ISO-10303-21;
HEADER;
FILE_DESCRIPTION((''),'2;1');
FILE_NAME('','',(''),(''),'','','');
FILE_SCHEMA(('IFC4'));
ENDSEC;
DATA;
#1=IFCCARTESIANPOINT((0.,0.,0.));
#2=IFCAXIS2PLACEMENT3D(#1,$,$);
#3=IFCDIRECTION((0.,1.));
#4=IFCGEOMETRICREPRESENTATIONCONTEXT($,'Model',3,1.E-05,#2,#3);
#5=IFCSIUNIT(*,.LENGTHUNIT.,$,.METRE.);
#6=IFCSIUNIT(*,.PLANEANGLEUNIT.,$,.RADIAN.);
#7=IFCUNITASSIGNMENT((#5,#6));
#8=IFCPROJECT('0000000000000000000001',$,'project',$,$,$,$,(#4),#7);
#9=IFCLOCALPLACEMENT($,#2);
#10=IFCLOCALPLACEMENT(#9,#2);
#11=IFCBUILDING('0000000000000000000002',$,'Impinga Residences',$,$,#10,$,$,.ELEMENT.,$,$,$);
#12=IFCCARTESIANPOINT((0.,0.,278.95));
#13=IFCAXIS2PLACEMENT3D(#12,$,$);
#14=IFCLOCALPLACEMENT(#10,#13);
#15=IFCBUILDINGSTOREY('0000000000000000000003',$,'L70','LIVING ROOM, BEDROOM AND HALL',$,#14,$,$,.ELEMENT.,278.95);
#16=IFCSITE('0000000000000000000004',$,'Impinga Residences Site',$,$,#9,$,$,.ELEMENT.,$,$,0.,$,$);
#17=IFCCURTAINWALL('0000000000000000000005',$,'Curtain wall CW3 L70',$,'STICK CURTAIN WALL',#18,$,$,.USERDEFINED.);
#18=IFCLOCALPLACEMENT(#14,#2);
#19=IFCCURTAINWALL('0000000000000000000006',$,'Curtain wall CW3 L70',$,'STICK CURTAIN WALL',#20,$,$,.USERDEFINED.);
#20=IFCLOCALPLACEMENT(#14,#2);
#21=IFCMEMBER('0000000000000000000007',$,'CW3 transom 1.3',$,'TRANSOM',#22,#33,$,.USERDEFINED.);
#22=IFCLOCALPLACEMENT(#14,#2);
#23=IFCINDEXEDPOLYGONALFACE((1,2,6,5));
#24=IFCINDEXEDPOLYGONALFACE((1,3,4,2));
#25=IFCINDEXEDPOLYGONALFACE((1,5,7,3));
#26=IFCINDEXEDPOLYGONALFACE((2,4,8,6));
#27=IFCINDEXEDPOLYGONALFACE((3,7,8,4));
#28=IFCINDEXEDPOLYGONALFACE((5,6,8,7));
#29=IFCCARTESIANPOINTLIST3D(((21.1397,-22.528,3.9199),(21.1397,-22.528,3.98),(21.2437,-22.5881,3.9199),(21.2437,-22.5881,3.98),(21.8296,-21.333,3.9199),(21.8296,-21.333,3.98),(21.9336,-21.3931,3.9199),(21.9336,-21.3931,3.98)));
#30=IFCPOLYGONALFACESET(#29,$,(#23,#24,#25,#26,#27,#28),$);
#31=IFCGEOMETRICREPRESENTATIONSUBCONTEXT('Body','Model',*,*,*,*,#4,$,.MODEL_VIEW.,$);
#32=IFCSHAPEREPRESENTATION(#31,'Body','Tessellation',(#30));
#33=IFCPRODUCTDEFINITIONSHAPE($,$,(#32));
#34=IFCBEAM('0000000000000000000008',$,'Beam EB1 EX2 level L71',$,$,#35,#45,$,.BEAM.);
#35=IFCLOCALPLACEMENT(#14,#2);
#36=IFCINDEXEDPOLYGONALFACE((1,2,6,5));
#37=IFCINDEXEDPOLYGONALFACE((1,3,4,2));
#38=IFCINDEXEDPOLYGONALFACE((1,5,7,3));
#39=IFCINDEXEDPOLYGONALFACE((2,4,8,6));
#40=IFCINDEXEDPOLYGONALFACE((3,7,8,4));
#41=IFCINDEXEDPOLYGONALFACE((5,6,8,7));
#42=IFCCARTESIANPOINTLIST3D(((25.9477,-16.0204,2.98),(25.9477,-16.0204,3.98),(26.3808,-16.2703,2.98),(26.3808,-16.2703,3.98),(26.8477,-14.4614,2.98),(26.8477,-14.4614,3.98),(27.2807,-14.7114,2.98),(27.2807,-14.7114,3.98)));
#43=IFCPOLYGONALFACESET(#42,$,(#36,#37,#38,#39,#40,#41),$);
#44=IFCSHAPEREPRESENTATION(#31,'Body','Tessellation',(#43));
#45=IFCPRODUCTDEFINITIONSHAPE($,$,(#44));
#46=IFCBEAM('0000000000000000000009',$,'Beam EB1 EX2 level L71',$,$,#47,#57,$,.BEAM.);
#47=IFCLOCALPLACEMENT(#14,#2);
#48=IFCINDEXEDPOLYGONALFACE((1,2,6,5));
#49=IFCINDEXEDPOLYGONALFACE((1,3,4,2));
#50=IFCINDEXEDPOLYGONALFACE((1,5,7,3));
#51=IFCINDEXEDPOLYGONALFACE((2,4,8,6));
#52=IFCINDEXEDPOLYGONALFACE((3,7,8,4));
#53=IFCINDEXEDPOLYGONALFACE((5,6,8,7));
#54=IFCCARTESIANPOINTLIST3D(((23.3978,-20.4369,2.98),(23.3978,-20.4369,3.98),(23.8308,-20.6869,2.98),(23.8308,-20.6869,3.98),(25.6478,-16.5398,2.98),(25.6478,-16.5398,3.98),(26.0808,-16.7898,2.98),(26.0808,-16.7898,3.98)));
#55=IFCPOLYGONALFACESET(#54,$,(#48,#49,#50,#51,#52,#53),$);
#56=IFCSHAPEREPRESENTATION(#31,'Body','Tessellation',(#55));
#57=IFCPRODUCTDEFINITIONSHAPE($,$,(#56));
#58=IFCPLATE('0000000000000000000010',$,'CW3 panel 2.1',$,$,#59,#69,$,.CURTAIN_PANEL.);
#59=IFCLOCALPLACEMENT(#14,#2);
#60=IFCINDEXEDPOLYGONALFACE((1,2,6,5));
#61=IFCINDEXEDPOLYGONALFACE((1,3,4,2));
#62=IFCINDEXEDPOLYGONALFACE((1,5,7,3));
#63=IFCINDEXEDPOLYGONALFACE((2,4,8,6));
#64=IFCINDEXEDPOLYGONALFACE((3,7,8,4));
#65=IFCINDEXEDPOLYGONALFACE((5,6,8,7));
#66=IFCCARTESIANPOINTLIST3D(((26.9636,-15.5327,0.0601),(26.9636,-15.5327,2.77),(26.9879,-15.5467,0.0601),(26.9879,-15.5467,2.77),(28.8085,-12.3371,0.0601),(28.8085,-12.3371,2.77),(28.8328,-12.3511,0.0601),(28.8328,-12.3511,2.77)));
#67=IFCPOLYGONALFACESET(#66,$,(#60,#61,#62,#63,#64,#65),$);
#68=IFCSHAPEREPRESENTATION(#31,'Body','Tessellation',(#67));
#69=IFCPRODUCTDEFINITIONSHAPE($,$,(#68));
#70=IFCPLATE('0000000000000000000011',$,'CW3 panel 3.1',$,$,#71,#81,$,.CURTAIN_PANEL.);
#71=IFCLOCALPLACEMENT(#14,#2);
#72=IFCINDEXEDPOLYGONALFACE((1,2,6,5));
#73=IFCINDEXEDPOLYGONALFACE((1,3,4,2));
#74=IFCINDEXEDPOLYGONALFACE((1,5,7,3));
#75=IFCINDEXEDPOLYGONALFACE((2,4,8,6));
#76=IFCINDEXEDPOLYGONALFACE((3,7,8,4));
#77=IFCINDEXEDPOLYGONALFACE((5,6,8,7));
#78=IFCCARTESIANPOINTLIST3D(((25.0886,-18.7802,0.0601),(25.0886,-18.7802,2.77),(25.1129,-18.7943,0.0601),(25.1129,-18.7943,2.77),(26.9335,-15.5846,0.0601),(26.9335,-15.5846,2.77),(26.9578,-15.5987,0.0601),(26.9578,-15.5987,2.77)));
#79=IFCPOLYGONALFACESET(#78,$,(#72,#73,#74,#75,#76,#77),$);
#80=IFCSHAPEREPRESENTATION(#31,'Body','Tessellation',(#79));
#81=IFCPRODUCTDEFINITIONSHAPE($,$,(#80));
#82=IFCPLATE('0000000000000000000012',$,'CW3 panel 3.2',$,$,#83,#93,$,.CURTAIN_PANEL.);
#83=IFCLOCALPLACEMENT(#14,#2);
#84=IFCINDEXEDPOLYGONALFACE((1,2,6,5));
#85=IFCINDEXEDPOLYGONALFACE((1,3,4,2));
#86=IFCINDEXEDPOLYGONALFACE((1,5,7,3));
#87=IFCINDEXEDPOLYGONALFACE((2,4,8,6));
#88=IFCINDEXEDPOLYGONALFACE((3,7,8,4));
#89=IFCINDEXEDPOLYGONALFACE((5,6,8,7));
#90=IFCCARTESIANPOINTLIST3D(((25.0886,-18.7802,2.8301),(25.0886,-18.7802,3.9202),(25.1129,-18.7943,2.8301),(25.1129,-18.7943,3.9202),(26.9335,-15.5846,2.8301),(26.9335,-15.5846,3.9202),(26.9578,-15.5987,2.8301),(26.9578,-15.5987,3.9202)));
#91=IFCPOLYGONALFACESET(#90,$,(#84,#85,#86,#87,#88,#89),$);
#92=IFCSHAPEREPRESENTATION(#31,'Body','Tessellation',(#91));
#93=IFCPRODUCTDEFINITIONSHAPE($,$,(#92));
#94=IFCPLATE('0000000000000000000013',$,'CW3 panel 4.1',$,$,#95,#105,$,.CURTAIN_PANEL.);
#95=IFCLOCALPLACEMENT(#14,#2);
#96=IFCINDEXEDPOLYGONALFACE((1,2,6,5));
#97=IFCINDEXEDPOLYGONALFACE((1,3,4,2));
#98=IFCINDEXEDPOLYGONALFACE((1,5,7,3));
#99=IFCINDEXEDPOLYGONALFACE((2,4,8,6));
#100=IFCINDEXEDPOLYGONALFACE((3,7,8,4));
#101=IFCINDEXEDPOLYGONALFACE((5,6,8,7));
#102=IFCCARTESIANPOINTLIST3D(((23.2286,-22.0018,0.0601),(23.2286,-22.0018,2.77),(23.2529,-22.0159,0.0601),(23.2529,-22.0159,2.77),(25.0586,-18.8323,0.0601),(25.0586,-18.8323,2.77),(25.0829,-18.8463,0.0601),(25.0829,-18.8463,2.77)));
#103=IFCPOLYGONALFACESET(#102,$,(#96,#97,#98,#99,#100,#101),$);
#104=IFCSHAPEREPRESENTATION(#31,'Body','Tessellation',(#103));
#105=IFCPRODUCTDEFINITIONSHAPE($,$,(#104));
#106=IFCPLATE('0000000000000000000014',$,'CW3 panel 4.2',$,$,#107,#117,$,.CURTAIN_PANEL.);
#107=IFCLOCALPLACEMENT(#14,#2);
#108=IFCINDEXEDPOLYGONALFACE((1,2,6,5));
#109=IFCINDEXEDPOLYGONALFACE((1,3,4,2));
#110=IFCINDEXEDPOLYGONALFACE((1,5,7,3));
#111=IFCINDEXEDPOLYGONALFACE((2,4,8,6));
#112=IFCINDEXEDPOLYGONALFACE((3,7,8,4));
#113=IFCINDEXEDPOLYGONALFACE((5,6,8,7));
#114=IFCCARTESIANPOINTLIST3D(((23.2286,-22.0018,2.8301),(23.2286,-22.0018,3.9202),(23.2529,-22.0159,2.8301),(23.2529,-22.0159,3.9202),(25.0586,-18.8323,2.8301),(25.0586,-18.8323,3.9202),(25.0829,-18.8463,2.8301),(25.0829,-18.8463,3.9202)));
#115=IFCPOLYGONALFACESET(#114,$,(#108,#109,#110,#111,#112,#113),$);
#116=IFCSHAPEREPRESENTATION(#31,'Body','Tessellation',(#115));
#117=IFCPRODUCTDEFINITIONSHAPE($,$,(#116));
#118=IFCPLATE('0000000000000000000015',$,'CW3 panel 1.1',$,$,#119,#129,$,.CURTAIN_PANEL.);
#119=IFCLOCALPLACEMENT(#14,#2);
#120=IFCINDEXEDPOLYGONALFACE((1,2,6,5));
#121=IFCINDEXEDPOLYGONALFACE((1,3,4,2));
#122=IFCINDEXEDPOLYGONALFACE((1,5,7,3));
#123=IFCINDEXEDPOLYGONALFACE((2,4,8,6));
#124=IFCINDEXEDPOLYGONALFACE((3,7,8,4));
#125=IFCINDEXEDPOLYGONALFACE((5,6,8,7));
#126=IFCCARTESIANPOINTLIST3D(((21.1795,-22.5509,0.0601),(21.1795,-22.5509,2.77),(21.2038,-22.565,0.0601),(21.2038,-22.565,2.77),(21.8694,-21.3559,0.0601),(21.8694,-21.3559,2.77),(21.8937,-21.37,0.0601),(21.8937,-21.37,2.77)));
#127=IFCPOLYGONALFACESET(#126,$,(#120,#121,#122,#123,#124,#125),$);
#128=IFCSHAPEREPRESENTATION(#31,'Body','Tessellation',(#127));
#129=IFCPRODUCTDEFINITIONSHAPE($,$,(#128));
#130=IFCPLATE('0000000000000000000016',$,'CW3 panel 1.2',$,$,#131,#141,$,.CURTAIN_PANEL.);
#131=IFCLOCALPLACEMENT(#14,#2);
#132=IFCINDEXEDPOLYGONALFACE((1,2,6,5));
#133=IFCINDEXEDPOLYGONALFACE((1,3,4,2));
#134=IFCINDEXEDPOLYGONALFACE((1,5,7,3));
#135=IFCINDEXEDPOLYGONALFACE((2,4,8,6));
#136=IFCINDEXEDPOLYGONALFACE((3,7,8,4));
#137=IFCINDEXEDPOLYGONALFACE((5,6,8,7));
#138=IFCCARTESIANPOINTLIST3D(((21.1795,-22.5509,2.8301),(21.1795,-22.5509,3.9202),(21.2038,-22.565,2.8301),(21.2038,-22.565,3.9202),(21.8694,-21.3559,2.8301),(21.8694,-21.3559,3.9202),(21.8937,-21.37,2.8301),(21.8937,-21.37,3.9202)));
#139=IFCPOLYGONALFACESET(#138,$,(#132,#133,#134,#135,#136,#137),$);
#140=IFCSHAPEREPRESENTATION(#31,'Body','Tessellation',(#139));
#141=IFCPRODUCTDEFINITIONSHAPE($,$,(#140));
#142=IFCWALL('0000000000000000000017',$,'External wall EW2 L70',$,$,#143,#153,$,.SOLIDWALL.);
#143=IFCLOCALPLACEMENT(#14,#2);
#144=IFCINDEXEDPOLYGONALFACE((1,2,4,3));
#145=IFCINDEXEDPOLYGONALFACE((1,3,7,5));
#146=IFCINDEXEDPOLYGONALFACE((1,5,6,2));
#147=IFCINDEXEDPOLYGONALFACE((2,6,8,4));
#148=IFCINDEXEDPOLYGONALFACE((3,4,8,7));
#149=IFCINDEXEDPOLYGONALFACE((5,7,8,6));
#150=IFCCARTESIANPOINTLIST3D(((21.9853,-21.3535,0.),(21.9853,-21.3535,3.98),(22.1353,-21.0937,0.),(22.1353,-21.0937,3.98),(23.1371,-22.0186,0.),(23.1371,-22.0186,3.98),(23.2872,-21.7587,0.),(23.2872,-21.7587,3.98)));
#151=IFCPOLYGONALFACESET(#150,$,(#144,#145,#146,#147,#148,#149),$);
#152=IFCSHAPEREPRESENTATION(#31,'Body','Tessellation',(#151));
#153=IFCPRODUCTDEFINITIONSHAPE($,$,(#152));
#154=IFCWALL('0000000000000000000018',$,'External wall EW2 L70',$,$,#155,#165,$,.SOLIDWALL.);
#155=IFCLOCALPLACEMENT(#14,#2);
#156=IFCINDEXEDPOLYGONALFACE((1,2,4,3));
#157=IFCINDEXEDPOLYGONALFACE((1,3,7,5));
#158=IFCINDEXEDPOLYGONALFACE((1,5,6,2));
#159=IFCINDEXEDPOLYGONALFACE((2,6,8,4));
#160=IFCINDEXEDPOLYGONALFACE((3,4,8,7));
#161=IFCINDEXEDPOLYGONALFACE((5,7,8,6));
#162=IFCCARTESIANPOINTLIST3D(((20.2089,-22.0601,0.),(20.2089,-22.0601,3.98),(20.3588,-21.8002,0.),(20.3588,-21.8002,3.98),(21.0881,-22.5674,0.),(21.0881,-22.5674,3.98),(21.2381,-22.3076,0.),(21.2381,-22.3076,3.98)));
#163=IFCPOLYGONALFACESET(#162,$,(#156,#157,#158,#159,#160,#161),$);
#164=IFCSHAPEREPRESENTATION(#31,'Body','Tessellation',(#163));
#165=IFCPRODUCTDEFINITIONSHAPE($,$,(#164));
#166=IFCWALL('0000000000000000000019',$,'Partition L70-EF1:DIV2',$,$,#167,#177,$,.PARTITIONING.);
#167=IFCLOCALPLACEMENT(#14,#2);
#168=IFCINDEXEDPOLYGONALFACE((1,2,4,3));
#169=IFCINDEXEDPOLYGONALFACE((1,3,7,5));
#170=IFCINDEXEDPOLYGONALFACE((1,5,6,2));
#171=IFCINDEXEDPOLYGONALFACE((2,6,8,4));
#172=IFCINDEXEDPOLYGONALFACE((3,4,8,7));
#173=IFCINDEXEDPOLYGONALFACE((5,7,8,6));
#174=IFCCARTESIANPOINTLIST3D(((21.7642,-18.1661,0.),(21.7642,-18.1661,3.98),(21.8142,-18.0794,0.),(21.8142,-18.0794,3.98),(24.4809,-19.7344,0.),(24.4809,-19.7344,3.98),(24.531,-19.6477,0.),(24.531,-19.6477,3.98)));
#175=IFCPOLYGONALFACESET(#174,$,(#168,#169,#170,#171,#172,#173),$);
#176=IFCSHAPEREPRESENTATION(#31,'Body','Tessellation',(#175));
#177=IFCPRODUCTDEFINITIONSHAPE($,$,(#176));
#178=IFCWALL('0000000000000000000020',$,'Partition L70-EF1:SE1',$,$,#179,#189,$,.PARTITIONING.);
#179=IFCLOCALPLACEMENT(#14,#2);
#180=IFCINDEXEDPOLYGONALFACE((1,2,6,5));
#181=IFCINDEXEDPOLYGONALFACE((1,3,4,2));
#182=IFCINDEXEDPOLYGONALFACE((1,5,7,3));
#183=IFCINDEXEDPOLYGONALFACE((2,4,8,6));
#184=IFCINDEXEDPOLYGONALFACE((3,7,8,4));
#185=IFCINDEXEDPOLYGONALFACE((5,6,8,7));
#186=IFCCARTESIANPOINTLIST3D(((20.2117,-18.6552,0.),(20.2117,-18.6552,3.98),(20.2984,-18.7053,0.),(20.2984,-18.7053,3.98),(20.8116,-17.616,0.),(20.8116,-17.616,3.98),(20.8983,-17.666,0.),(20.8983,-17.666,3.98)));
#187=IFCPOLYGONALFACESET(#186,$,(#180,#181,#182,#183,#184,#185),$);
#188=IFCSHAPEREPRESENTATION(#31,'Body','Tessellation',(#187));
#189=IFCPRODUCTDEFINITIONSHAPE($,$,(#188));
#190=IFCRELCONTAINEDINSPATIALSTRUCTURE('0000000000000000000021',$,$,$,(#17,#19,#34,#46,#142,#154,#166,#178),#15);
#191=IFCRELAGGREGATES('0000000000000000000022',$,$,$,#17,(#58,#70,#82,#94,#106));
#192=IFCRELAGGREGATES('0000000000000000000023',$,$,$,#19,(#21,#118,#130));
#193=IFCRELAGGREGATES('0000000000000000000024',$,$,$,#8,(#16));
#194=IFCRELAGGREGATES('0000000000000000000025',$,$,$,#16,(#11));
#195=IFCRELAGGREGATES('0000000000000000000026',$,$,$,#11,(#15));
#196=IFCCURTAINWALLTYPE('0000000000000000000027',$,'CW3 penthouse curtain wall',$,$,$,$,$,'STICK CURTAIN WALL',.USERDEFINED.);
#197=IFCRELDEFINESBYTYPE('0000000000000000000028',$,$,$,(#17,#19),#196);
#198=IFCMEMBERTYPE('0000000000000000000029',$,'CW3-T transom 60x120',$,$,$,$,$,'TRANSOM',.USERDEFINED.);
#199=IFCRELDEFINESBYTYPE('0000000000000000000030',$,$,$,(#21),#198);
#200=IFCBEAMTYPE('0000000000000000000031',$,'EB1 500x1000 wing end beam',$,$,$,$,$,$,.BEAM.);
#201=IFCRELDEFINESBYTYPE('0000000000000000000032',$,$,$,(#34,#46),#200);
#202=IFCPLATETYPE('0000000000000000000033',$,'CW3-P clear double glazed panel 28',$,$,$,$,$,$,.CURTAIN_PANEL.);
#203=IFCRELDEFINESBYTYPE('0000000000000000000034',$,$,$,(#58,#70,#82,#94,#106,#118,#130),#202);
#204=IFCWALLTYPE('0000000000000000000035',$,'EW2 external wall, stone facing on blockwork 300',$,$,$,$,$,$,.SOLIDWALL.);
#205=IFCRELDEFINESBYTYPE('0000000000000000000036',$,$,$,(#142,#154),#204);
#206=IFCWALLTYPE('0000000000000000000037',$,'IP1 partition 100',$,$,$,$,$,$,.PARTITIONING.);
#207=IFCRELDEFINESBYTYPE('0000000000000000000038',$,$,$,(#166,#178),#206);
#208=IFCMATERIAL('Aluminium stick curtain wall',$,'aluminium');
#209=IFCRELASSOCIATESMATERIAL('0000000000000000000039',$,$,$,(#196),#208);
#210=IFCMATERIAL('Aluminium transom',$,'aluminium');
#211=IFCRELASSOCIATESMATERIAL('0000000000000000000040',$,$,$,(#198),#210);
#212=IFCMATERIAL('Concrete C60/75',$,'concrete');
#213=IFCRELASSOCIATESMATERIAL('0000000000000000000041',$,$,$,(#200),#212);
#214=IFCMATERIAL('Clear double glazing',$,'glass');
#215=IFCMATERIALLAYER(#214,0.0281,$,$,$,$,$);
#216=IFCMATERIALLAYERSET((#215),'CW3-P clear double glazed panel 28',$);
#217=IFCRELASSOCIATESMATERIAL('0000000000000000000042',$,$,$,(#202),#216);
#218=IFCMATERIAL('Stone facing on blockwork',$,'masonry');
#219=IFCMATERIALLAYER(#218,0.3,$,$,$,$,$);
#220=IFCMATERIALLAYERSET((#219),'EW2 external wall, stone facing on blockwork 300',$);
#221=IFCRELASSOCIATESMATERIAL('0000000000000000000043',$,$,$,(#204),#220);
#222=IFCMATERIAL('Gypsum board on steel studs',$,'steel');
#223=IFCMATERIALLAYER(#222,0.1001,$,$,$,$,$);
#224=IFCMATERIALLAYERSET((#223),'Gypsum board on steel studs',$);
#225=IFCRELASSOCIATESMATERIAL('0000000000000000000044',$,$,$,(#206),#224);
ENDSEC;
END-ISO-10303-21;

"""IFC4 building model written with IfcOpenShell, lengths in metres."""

from ifc_helpers import new_model, si_unit, direction, frame, frame_2d, origin, origin_2d, place, context, subcontext, project, spatial, rectangle, extrude, material, layer, layer_set, material_profile, profile_set, type_object, element, aggregate, save


model = new_model("IFC4")

# Units and contexts
model_context = context("Model", 3, precision=1e-05, world=origin(), true_north=direction((0.0, 1.0)))
body_context = subcontext(model_context, "Body", "Model", "MODEL_VIEW")
ifc_project = project(units=[si_unit("LENGTHUNIT", "METRE"), si_unit("PLANEANGLEUNIT", "RADIAN")], contexts=[model_context])

# Site, building, storey
site_placement = place(None, origin())
site = spatial("IfcSite", under=ifc_project, at=site_placement, Name="Impinga Residences Site", CompositionType="ELEMENT", RefElevation=0.0)
building_placement = place(site_placement, origin())
building = spatial("IfcBuilding", under=site, at=building_placement, Name="Impinga Residences", CompositionType="ELEMENT")
storey_placement = place(building_placement, frame((0.0, 0.0, 278.95)))
storey = spatial("IfcBuildingStorey", under=building, at=storey_placement, Name="L70", Description="LIVING ROOM, BEDROOM AND HALL", CompositionType="ELEMENT", Elevation=278.95)

# Shared definitions
ifc_material_1 = material(Name="Concrete C60/75", Category="concrete")

# Curtain walls
ifc_material_2 = material(Name="Aluminium stick curtain wall", Category="aluminium")
curtain_wall_type = type_object("IfcCurtainWallType", Name="CW3 penthouse curtain wall", ElementType="STICK CURTAIN WALL", PredefinedType="USERDEFINED", material=ifc_material_2)
curtain_wall_1_placement = place(storey_placement, origin())
curtain_wall_1 = element("IfcCurtainWall", 1, at=curtain_wall_1_placement, inside=storey, type_object=curtain_wall_type, Name="Curtain wall CW3 L70", ObjectType="STICK CURTAIN WALL", PredefinedType="USERDEFINED")
curtain_wall_2_placement = place(storey_placement, origin())
curtain_wall_2 = element("IfcCurtainWall", 2, at=curtain_wall_2_placement, inside=storey, type_object=curtain_wall_type, Name="Curtain wall CW3 L70", ObjectType="STICK CURTAIN WALL", PredefinedType="USERDEFINED")

# Member
ifc_material_3 = material(Name="Aluminium transom", Category="aluminium")
ifc_material_profile_1 = material_profile(ifc_material_3, rectangle(XDim=0.0601, YDim=0.1201, at=origin_2d()), Name="60x120 transom")
ifc_profile_set_1 = profile_set([ifc_material_profile_1], Name="Aluminium transom")
member_type_1 = type_object("IfcMemberType", Name="CW3-T transom 60x120", ElementType="TRANSOM", PredefinedType="USERDEFINED", material=ifc_profile_set_1)
member_1_placement = place(storey_placement, frame((21.8816, -21.363, 3.95), z_axis=(-0.499983, -0.866035, 0.0), x_axis=(0.0, 0.0, 1.0)))
member_1 = element("IfcMember", 3, at=member_1_placement, type_object=member_type_1, Name="CW3 transom 1.3", ObjectType="TRANSOM", PredefinedType="USERDEFINED", context=body_context, shape_type="SweptSolid", body=[
    extrude(rectangle(XDim=0.0601, YDim=0.1201, at=origin_2d()), origin(), (0.0, 0.0, 1.0), 1.3799),
])

# Beams
ifc_material_profile_2 = material_profile(ifc_material_1, rectangle(XDim=0.5, YDim=1.0, at=origin_2d()), Name="RC 500x1000")
ifc_profile_set_2 = profile_set([ifc_material_profile_2], Name="Concrete C60/75")
beam_type_1 = type_object("IfcBeamType", Name="EB1 500x1000 wing end beam", PredefinedType="BEAM", material=ifc_profile_set_2)
beam_1_placement = place(storey_placement, frame((27.0642, -14.5864, 3.48), z_axis=(-0.499961, -0.866048, 0.0), x_axis=(0.866048, -0.499961, 0.0)))
element("IfcBeam", 4, at=beam_1_placement, inside=storey, type_object=beam_type_1, Name="Beam EB1 EX2 level L71", PredefinedType="BEAM", context=body_context, shape_type="SweptSolid", body=[
    extrude(rectangle(XDim=0.5, YDim=1.0, at=origin_2d()), origin(), (0.0, 0.0, 1.0), 1.8),
])
beam_2_placement = place(storey_placement, frame((25.8643, -16.6648, 3.48), z_axis=(-0.49999, -0.866031, 0.0), x_axis=(0.866031, -0.49999, 0.0)))
element("IfcBeam", 5, at=beam_2_placement, inside=storey, type_object=beam_type_1, Name="Beam EB1 EX2 level L71", PredefinedType="BEAM", context=body_context, shape_type="SweptSolid", body=[
    extrude(rectangle(XDim=0.5, YDim=1.0, at=origin_2d()), origin(), (0.0, 0.0, 1.0), 4.5),
])

# Plates
ifc_material_4 = material(Name="Clear double glazing", Category="glass")
ifc_layer_1 = layer(ifc_material_4, 0.0281)
ifc_layer_set_1 = layer_set([ifc_layer_1], Name="CW3-P clear double glazed panel 28")
plate_type = type_object("IfcPlateType", Name="CW3-P clear double glazed panel 28", PredefinedType="CURTAIN_PANEL", material=ifc_layer_set_1)
plate_1_placement = place(storey_placement, frame((27.8982, -13.9419, 0.0601), z_axis=(0.0, 0.0, 1.0), x_axis=(-0.5, -0.866025, 0.0)))
plate_1 = element("IfcPlate", 6, at=plate_1_placement, type_object=plate_type, Name="CW3 panel 2.1", PredefinedType="CURTAIN_PANEL", context=body_context, shape_type="SweptSolid", body=[
    extrude(rectangle(XDim=3.6899, YDim=0.0281, at=origin_2d()), origin(), (0.0, 0.0, 1.0), 2.71),
])
plate_2_placement = place(storey_placement, frame((26.0232, -17.1895, 0.0601), z_axis=(0.0, 0.0, 1.0), x_axis=(-0.5, -0.866025, 0.0)))
plate_2 = element("IfcPlate", 7, at=plate_2_placement, type_object=plate_type, Name="CW3 panel 3.1", PredefinedType="CURTAIN_PANEL", context=body_context, shape_type="SweptSolid", body=[
    extrude(rectangle(XDim=3.6899, YDim=0.0281, at=origin_2d()), origin(), (0.0, 0.0, 1.0), 2.71),
])
plate_3_placement = place(storey_placement, frame((26.0232, -17.1895, 2.8301), z_axis=(0.0, 0.0, 1.0), x_axis=(-0.5, -0.866025, 0.0)))
plate_3 = element("IfcPlate", 8, at=plate_3_placement, type_object=plate_type, Name="CW3 panel 3.2", PredefinedType="CURTAIN_PANEL", context=body_context, shape_type="SweptSolid", body=[
    extrude(rectangle(XDim=3.6899, YDim=0.0281, at=origin_2d()), origin(), (0.0, 0.0, 1.0), 1.0901),
])
plate_4_placement = place(storey_placement, frame((24.1558, -20.4241, 0.0601), z_axis=(0.0, 0.0, 1.0), x_axis=(-0.5, -0.866025, 0.0)))
plate_4 = element("IfcPlate", 9, at=plate_4_placement, type_object=plate_type, Name="CW3 panel 4.1", PredefinedType="CURTAIN_PANEL", context=body_context, shape_type="SweptSolid", body=[
    extrude(rectangle(XDim=3.6599, YDim=0.0281, at=origin_2d()), origin(), (0.0, 0.0, 1.0), 2.71),
])
plate_5_placement = place(storey_placement, frame((24.1558, -20.4241, 2.8301), z_axis=(0.0, 0.0, 1.0), x_axis=(-0.5, -0.866025, 0.0)))
plate_5 = element("IfcPlate", 10, at=plate_5_placement, type_object=plate_type, Name="CW3 panel 4.2", PredefinedType="CURTAIN_PANEL", context=body_context, shape_type="SweptSolid", body=[
    extrude(rectangle(XDim=3.6599, YDim=0.0281, at=origin_2d()), origin(), (0.0, 0.0, 1.0), 1.0901),
])
aggregate(curtain_wall_1, [plate_1, plate_2, plate_3, plate_4, plate_5])
plate_6_placement = place(storey_placement, frame((21.5366, -21.9604, 0.0601), z_axis=(0.0, 0.0, 1.0), x_axis=(-0.5, -0.866025, 0.0)))
plate_6 = element("IfcPlate", 11, at=plate_6_placement, type_object=plate_type, Name="CW3 panel 1.1", PredefinedType="CURTAIN_PANEL", context=body_context, shape_type="SweptSolid", body=[
    extrude(rectangle(XDim=1.3799, YDim=0.0281, at=origin_2d()), origin(), (0.0, 0.0, 1.0), 2.71),
])
plate_7_placement = place(storey_placement, frame((21.5366, -21.9604, 2.8301), z_axis=(0.0, 0.0, 1.0), x_axis=(-0.5, -0.866025, 0.0)))
plate_7 = element("IfcPlate", 12, at=plate_7_placement, type_object=plate_type, Name="CW3 panel 1.2", PredefinedType="CURTAIN_PANEL", context=body_context, shape_type="SweptSolid", body=[
    extrude(rectangle(XDim=1.3799, YDim=0.0281, at=origin_2d()), origin(), (0.0, 0.0, 1.0), 1.0901),
])
aggregate(curtain_wall_2, [member_1, plate_6, plate_7])

# Walls
ifc_material_5 = material(Name="Stone facing on blockwork", Category="masonry")
ifc_layer_2 = layer(ifc_material_5, 0.3)
ifc_layer_set_2 = layer_set([ifc_layer_2], Name="EW2 external wall, stone facing on blockwork 300")
wall_type_1 = type_object("IfcWallType", Name="EW2 external wall, stone facing on blockwork 300", PredefinedType="SOLIDWALL", material=ifc_layer_set_2)
wall_1_placement = place(storey_placement, frame((23.2122, -21.8887, 0.0), z_axis=(0.0, 0.0, 1.0), x_axis=(-0.866021, 0.500008, 0.0)))
element("IfcWall", 13, at=wall_1_placement, inside=storey, type_object=wall_type_1, Name="External wall EW2 L70", PredefinedType="SOLIDWALL", context=body_context, shape_type="SweptSolid", body=[
    extrude(rectangle(XDim=1.3301, YDim=0.3, at=frame_2d((0.665, 0.0))), origin(), (0.0, 0.0, 1.0), 3.98),
])
wall_2_placement = place(storey_placement, frame((21.1631, -22.4375, 0.0), z_axis=(0.0, 0.0, 1.0), x_axis=(-0.866134, 0.499813, 0.0)))
element("IfcWall", 14, at=wall_2_placement, inside=storey, type_object=wall_type_1, Name="External wall EW2 L70", PredefinedType="SOLIDWALL", context=body_context, shape_type="SweptSolid", body=[
    extrude(rectangle(XDim=1.0151, YDim=0.3, at=frame_2d((0.5076, 0.0))), origin(), (0.0, 0.0, 1.0), 3.98),
])
ifc_material_6 = material(Name="Gypsum board on steel studs", Category="steel")
ifc_layer_3 = layer(ifc_material_6, 0.1001)
ifc_layer_set_3 = layer_set([ifc_layer_3], Name="Gypsum board on steel studs")
wall_type_2 = type_object("IfcWallType", Name="IP1 partition 100", PredefinedType="PARTITIONING", material=ifc_layer_set_3)
wall_3_placement = place(storey_placement, frame((21.7893, -18.1228, 0.0), z_axis=(0.0, 0.0, 1.0), x_axis=(0.866051, -0.499956, 0.0)))
element("IfcWall", 15, at=wall_3_placement, inside=storey, type_object=wall_type_2, Name="Partition L70-EF1:DIV2", PredefinedType="PARTITIONING", context=body_context, shape_type="SweptSolid", body=[
    extrude(rectangle(XDim=3.137, YDim=0.1001, at=frame_2d((1.5684, 0.0))), origin(), (0.0, 0.0, 1.0), 3.98),
])
wall_4_placement = place(storey_placement, frame((20.855, -17.6409, 0.0), z_axis=(0.0, 0.0, 1.0), x_axis=(-0.499881, -0.866094, 0.0)))
element("IfcWall", 16, at=wall_4_placement, inside=storey, type_object=wall_type_2, Name="Partition L70-EF1:SE1", PredefinedType="PARTITIONING", context=body_context, shape_type="SweptSolid", body=[
    extrude(rectangle(XDim=1.2, YDim=0.1001, at=frame_2d((0.6001, 0.0))), origin(), (0.0, 0.0, 1.0), 3.98),
])

save(model, "model.ifc")
